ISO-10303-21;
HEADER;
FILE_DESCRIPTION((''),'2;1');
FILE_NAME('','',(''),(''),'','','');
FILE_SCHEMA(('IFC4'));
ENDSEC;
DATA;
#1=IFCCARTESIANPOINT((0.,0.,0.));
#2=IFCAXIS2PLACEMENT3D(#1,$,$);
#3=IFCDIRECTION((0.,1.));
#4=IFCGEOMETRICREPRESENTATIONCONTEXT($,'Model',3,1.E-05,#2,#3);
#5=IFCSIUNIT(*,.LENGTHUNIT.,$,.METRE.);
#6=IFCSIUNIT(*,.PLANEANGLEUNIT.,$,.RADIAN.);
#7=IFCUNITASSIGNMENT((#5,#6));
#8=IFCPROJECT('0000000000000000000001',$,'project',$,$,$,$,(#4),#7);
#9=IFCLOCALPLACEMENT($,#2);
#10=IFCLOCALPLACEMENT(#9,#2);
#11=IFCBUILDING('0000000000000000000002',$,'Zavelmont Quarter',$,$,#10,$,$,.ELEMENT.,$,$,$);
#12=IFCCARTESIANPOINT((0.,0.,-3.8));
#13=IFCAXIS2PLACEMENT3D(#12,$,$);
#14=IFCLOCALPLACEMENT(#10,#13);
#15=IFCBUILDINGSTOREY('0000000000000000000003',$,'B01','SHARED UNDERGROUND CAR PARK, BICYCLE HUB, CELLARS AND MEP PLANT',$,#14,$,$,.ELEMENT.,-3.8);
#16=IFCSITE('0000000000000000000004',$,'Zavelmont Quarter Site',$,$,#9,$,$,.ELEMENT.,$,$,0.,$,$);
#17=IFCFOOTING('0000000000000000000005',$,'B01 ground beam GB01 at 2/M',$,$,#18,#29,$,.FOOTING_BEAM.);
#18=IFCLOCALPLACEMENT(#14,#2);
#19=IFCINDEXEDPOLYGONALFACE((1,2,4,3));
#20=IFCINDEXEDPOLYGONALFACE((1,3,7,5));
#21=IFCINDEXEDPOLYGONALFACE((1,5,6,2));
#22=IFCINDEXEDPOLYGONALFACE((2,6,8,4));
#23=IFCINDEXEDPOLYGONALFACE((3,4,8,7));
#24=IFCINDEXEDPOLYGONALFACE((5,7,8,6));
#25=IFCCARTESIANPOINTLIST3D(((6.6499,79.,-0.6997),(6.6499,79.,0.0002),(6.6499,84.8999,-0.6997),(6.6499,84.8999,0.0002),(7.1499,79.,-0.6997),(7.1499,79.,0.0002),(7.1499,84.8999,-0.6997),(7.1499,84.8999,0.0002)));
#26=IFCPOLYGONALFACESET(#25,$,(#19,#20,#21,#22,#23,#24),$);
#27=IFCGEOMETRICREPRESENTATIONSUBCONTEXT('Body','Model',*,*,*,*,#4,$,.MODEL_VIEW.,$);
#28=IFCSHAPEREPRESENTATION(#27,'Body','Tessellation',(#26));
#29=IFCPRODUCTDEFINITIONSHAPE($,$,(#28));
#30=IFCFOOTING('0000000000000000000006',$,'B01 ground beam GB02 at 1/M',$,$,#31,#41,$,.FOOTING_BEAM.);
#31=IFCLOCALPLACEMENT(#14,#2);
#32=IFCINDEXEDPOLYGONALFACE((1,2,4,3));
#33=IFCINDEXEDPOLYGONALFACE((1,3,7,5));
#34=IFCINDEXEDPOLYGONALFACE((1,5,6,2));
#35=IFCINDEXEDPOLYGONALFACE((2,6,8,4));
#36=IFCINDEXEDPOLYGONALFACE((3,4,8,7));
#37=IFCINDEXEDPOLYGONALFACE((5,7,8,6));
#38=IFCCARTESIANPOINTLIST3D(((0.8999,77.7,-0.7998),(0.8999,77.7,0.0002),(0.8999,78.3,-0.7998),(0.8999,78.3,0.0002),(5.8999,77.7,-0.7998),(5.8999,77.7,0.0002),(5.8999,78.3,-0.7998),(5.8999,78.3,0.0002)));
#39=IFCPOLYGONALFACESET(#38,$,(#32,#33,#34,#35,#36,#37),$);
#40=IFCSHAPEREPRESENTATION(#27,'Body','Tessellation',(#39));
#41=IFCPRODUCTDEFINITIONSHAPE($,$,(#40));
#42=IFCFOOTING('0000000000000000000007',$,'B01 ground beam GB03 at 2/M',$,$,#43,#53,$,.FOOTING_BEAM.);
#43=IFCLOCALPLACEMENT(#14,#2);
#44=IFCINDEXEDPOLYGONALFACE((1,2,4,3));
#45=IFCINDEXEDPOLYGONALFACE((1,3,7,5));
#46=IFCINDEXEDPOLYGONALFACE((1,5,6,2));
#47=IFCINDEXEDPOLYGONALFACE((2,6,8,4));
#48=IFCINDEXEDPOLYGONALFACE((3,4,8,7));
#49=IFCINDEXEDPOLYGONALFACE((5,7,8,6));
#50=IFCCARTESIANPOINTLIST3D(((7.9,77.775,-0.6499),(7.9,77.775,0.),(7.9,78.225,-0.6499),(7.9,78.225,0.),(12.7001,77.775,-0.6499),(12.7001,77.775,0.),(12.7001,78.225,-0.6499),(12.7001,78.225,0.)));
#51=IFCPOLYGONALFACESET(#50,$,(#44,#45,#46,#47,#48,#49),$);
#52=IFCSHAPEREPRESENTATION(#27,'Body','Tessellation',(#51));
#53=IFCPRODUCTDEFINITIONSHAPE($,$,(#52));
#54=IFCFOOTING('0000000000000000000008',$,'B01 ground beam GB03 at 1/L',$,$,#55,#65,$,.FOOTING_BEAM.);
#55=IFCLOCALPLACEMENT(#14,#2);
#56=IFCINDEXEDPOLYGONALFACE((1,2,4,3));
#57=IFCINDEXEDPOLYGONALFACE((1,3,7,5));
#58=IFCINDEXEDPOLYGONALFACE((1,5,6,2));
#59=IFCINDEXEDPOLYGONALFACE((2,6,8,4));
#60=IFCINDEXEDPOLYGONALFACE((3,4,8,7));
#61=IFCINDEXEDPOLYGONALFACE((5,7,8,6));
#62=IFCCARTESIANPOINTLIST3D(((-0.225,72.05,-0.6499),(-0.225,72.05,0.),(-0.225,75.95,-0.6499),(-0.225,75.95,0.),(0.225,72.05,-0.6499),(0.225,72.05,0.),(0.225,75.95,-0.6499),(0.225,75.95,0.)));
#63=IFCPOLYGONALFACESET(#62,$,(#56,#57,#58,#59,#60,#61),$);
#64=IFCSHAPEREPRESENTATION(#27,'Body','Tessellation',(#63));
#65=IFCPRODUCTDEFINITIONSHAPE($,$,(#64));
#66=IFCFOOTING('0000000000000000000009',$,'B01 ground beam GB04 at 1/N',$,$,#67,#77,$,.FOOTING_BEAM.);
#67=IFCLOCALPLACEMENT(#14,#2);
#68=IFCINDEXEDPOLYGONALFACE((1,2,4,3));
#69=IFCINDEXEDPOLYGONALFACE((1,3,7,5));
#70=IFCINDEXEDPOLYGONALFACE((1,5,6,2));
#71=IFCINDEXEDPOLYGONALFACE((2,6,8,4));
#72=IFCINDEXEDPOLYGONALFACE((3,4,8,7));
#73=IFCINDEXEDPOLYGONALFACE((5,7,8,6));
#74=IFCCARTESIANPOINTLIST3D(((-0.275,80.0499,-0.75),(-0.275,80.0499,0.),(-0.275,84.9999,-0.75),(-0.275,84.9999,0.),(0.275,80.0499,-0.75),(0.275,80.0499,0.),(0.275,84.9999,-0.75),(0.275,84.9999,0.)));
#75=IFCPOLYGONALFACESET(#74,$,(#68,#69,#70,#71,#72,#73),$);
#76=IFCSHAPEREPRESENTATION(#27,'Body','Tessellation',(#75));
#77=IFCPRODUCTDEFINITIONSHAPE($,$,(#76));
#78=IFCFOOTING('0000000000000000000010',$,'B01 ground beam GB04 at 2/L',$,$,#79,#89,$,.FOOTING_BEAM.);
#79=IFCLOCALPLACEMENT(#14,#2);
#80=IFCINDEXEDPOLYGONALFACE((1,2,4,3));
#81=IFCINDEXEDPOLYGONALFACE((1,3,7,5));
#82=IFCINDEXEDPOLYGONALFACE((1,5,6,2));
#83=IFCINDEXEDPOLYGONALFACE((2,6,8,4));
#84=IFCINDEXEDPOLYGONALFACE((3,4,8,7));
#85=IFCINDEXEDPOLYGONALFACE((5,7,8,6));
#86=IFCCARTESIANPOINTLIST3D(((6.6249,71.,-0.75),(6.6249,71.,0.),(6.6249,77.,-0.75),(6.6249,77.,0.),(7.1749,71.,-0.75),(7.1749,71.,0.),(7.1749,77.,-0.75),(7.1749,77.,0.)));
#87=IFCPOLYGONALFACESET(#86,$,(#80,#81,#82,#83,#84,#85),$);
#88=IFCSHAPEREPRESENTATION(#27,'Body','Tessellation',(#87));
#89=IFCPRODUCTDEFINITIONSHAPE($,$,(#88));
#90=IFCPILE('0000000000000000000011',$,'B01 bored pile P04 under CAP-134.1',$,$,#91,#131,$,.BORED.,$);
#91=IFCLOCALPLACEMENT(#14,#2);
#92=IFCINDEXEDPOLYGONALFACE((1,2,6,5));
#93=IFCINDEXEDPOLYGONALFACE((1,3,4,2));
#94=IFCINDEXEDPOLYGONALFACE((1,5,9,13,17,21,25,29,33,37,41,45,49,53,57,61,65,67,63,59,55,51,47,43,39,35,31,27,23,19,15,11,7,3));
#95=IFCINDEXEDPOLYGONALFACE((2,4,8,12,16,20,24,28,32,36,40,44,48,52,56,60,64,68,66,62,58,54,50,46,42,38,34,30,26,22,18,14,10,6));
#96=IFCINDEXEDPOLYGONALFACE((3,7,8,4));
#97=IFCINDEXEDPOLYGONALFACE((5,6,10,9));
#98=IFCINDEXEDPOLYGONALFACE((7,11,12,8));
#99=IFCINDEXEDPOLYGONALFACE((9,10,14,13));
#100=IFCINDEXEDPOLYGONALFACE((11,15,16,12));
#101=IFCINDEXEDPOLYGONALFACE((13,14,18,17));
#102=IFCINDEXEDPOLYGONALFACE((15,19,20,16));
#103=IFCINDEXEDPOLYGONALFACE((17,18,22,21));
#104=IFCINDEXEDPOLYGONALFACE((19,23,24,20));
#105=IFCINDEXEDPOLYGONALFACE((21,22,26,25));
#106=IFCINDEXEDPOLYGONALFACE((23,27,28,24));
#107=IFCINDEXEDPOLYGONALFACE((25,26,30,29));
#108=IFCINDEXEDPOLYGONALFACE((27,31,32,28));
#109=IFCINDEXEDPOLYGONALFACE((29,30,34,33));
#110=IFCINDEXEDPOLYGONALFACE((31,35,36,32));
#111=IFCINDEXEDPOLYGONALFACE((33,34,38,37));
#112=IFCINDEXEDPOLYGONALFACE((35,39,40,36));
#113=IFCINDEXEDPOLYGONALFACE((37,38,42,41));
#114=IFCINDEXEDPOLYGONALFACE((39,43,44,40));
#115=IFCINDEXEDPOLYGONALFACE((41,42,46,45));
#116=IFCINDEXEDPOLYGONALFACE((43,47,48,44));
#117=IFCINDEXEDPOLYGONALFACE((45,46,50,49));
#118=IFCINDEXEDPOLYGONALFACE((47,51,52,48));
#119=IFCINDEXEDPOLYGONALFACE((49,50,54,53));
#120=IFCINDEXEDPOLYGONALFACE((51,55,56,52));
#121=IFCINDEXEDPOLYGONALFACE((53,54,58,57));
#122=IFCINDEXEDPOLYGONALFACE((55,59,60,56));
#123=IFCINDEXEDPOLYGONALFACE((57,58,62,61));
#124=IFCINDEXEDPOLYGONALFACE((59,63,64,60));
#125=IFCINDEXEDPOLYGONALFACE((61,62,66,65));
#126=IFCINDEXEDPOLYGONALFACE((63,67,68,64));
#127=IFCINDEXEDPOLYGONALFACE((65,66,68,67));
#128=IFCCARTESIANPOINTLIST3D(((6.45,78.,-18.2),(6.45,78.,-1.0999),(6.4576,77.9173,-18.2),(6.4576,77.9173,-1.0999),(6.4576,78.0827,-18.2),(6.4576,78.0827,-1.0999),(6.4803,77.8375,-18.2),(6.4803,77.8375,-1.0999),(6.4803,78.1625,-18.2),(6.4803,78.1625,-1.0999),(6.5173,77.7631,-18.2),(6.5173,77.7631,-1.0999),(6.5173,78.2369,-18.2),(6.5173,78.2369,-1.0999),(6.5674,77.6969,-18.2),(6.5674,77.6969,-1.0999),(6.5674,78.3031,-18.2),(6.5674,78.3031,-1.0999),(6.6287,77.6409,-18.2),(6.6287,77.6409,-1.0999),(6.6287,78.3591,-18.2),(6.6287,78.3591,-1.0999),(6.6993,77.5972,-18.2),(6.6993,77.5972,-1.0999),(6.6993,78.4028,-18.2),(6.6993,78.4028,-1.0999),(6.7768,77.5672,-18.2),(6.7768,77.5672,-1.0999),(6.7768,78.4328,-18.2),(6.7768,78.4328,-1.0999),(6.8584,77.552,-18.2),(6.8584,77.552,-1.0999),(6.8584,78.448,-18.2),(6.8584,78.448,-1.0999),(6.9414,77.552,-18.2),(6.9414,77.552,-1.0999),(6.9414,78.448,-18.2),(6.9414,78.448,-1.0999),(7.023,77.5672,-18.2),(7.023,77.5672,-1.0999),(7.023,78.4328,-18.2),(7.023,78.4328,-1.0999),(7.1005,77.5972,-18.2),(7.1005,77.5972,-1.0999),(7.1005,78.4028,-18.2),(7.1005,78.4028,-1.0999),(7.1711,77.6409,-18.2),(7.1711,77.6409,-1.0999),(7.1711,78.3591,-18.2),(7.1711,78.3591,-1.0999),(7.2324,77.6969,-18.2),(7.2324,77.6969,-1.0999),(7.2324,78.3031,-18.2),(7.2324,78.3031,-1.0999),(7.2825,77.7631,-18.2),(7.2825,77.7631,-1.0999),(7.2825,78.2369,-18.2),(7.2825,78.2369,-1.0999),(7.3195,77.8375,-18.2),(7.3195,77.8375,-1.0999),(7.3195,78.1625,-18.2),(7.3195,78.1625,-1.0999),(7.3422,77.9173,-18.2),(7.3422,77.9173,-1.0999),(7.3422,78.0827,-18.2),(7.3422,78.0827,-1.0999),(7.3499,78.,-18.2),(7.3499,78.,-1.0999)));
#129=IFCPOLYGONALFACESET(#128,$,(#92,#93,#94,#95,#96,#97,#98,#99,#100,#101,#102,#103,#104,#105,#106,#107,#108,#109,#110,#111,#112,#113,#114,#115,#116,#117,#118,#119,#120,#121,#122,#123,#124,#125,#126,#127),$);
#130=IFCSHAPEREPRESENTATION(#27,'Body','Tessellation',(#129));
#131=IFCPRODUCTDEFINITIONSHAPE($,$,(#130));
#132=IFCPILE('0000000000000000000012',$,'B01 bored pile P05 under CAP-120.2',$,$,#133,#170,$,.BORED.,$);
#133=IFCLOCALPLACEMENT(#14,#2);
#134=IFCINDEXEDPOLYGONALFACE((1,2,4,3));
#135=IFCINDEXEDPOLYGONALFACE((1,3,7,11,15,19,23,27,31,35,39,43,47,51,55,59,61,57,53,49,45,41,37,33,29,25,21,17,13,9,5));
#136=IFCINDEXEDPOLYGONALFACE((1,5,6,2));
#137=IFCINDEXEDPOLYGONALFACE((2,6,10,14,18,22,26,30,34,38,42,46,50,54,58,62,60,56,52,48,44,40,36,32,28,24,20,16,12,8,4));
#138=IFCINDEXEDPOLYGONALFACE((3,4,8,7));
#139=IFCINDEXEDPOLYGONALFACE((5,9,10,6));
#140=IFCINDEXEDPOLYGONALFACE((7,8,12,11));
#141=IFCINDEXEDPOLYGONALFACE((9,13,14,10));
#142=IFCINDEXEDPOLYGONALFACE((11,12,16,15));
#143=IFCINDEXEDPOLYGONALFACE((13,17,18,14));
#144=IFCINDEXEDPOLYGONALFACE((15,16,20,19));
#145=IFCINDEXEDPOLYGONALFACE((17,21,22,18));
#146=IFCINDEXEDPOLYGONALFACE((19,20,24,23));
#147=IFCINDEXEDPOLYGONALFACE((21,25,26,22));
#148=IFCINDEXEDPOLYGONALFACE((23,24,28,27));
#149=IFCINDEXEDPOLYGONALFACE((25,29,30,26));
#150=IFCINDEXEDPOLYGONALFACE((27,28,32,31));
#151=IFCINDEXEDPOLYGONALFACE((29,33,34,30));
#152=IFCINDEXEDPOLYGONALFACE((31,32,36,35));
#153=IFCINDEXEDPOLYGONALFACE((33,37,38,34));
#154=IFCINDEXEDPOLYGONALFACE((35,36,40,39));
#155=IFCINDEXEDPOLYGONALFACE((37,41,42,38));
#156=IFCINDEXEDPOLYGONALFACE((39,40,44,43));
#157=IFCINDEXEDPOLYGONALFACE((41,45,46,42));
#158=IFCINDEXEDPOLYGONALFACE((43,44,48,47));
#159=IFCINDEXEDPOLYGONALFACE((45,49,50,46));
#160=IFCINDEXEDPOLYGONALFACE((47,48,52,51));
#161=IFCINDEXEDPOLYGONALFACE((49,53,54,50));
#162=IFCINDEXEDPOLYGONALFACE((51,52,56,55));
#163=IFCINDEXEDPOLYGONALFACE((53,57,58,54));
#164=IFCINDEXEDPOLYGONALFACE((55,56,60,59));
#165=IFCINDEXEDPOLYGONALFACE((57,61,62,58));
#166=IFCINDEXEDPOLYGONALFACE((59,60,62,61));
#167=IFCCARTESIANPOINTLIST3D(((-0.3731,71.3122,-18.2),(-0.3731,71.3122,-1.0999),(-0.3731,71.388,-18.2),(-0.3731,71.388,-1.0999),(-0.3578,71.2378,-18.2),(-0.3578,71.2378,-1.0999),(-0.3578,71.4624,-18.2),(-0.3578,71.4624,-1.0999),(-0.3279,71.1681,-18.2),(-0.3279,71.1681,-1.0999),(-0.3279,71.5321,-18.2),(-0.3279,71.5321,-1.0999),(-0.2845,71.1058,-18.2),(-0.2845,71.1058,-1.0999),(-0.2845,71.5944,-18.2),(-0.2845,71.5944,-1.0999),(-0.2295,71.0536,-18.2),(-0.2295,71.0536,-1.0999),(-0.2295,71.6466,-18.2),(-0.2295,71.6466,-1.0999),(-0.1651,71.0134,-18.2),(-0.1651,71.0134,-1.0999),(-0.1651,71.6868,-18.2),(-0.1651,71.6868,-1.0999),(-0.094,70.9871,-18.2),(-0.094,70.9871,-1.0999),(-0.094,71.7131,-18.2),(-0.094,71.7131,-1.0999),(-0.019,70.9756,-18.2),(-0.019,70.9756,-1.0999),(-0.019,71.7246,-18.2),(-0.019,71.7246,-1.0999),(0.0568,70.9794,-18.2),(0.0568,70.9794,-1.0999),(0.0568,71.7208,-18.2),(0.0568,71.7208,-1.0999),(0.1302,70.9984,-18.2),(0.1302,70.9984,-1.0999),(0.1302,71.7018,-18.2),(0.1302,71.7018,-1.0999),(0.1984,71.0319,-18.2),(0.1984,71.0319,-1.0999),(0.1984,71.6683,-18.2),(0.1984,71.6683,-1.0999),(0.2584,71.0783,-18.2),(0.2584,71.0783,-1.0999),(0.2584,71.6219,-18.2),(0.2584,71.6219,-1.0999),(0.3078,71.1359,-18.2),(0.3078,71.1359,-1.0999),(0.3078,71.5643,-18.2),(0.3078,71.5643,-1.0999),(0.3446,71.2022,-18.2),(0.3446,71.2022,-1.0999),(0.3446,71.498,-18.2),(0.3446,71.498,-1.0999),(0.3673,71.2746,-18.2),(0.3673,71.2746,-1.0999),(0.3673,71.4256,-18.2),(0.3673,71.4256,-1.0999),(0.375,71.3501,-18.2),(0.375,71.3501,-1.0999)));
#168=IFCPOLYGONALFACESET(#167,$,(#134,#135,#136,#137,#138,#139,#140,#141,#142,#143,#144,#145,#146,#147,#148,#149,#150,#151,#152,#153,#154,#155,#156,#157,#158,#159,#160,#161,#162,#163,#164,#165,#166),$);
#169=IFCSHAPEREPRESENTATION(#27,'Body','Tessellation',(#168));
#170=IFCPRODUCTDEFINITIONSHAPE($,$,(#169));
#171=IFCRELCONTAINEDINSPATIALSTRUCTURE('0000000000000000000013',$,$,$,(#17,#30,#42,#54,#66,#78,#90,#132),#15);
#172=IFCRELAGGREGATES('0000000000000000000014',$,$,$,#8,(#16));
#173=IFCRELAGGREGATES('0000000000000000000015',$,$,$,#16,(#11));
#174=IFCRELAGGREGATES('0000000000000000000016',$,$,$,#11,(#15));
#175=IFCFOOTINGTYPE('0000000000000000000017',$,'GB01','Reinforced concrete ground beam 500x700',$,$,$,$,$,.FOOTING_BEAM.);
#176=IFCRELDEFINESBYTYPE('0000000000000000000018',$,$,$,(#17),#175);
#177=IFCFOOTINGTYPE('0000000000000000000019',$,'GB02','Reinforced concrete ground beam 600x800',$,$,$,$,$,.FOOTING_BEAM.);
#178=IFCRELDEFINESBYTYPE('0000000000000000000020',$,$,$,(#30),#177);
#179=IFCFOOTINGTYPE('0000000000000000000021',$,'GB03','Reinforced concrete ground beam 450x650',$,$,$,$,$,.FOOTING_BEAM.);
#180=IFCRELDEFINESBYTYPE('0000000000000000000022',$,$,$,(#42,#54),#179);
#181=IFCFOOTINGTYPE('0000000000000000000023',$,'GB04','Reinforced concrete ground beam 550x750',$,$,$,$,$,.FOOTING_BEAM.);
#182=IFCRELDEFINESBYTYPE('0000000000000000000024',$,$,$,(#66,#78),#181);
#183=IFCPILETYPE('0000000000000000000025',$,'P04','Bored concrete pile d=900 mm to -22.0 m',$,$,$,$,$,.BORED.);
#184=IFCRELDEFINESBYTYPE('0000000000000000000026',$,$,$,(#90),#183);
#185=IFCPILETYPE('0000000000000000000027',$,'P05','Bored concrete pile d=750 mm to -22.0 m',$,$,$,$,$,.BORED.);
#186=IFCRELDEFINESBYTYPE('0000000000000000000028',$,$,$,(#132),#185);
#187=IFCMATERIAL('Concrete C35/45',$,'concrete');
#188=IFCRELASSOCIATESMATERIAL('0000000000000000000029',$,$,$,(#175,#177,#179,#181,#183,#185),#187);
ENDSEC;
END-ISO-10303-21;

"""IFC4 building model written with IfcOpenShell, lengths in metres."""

from ifc_helpers import new_model, si_unit, direction, frame, origin, origin_2d, place, context, subcontext, project, spatial, rectangle, circle, extrude, material, material_profile, profile_set, type_object, element, save


model = new_model("IFC4")

# Units and contexts
model_context = context("Model", 3, precision=1e-05, world=origin(), true_north=direction((0.0, 1.0)))
body_context = subcontext(model_context, "Body", "Model", "MODEL_VIEW")
ifc_project = project(units=[si_unit("LENGTHUNIT", "METRE"), si_unit("PLANEANGLEUNIT", "RADIAN")], contexts=[model_context])

# Site, building, storey
site_placement = place(None, origin())
site = spatial("IfcSite", under=ifc_project, at=site_placement, Name="Zavelmont Quarter Site", CompositionType="ELEMENT", RefElevation=0.0)
building_placement = place(site_placement, origin())
building = spatial("IfcBuilding", under=site, at=building_placement, Name="Zavelmont Quarter", CompositionType="ELEMENT")
storey_placement = place(building_placement, frame((0.0, 0.0, -3.8)))
storey = spatial("IfcBuildingStorey", under=building, at=storey_placement, Name="B01", Description="SHARED UNDERGROUND CAR PARK, BICYCLE HUB, CELLARS AND MEP PLANT", CompositionType="ELEMENT", Elevation=-3.8)

# Footings
ifc_material_1 = material(Name="Concrete C35/45", Category="concrete")
footing_type_1 = type_object("IfcFootingType", Name="GB01", Description="Reinforced concrete ground beam 500x700", PredefinedType="FOOTING_BEAM", material=ifc_material_1)
footing_1_placement = place(storey_placement, frame((6.8999, 81.95, -0.6997), z_axis=(0.0, 0.0, 1.0), x_axis=(0.0, 1.0, 0.0)))
element("IfcFooting", 1, at=footing_1_placement, inside=storey, type_object=footing_type_1, Name="B01 ground beam GB01 at 2/M", PredefinedType="FOOTING_BEAM", context=body_context, shape_type="SweptSolid", body=[
    extrude(rectangle(XDim=5.8999, YDim=0.5, at=origin_2d()), origin(), (0.0, 0.0, 1.0), 0.7),
])
footing_type_2 = type_object("IfcFootingType", Name="GB02", Description="Reinforced concrete ground beam 600x800", PredefinedType="FOOTING_BEAM", material=ifc_material_1)
footing_2_placement = place(storey_placement, frame((3.3999, 78.0, -0.7998), z_axis=(0.0, 0.0, 1.0), x_axis=(1.0, 0.0, 0.0)))
element("IfcFooting", 2, at=footing_2_placement, inside=storey, type_object=footing_type_2, Name="B01 ground beam GB02 at 1/M", PredefinedType="FOOTING_BEAM", context=body_context, shape_type="SweptSolid", body=[
    extrude(rectangle(XDim=5.0, YDim=0.6001, at=origin_2d()), origin(), (0.0, 0.0, 1.0), 0.8),
])
footing_type_3 = type_object("IfcFootingType", Name="GB03", Description="Reinforced concrete ground beam 450x650", PredefinedType="FOOTING_BEAM", material=ifc_material_1)
footing_3_placement = place(storey_placement, frame((10.3, 78.0, -0.6499), z_axis=(0.0, 0.0, 1.0), x_axis=(1.0, 0.0, 0.0)))
element("IfcFooting", 3, at=footing_3_placement, inside=storey, type_object=footing_type_3, Name="B01 ground beam GB03 at 2/M", PredefinedType="FOOTING_BEAM", context=body_context, shape_type="SweptSolid", body=[
    extrude(rectangle(XDim=4.8, YDim=0.45, at=origin_2d()), origin(), (0.0, 0.0, 1.0), 0.6499),
])
footing_4_placement = place(storey_placement, frame((0.0, 74.0, -0.6499), z_axis=(0.0, 0.0, 1.0), x_axis=(0.0, 1.0, 0.0)))
element("IfcFooting", 4, at=footing_4_placement, inside=storey, type_object=footing_type_3, Name="B01 ground beam GB03 at 1/L", PredefinedType="FOOTING_BEAM", context=body_context, shape_type="SweptSolid", body=[
    extrude(rectangle(XDim=3.8999, YDim=0.45, at=origin_2d()), origin(), (0.0, 0.0, 1.0), 0.6499),
])
footing_type_4 = type_object("IfcFootingType", Name="GB04", Description="Reinforced concrete ground beam 550x750", PredefinedType="FOOTING_BEAM", material=ifc_material_1)
footing_5_placement = place(storey_placement, frame((0.0, 82.5249, -0.75), z_axis=(0.0, 0.0, 1.0), x_axis=(0.0, 1.0, 0.0)))
element("IfcFooting", 5, at=footing_5_placement, inside=storey, type_object=footing_type_4, Name="B01 ground beam GB04 at 1/N", PredefinedType="FOOTING_BEAM", context=body_context, shape_type="SweptSolid", body=[
    extrude(rectangle(XDim=4.95, YDim=0.55, at=origin_2d()), origin(), (0.0, 0.0, 1.0), 0.75),
])
footing_6_placement = place(storey_placement, frame((6.8999, 74.0, -0.75), z_axis=(0.0, 0.0, 1.0), x_axis=(0.0, 1.0, 0.0)))
element("IfcFooting", 6, at=footing_6_placement, inside=storey, type_object=footing_type_4, Name="B01 ground beam GB04 at 2/L", PredefinedType="FOOTING_BEAM", context=body_context, shape_type="SweptSolid", body=[
    extrude(rectangle(XDim=6.0, YDim=0.55, at=origin_2d()), origin(), (0.0, 0.0, 1.0), 0.75),
])

# Piles
ifc_material_profile_1 = material_profile(ifc_material_1, circle(Radius=0.45, at=origin_2d()), Name="BP900")
ifc_profile_set_1 = profile_set([ifc_material_profile_1], Name="Concrete C35/45")
pile_type_1 = type_object("IfcPileType", Name="P04", Description="Bored concrete pile d=900 mm to -22.0 m", PredefinedType="BORED", material=ifc_profile_set_1)
pile_placement = place(storey_placement, frame((6.8999, 78.0, -1.0999), z_axis=(0.0, 0.0, -1.0), x_axis=(1.0, 0.0, 0.0)))
element("IfcPile", 7, at=pile_placement, inside=storey, type_object=pile_type_1, Name="B01 bored pile P04 under CAP-134.1", PredefinedType="BORED", context=body_context, shape_type="SweptSolid", body=[
    extrude(circle(Radius=0.45, at=origin_2d()), origin(), (0.0, 0.0, 1.0), 17.1001),
])
ifc_material_profile_2 = material_profile(ifc_material_1, circle(Radius=0.375, at=origin_2d()), Name="BP750")
ifc_profile_set_2 = profile_set([ifc_material_profile_2], Name="Concrete C35/45")
pile_type_2 = type_object("IfcPileType", Name="P05", Description="Bored concrete pile d=750 mm to -22.0 m", PredefinedType="BORED", material=ifc_profile_set_2)
for number, where, z_axis, x_axis, name in (
    (8, (0.0, 71.3501, -1.0999), (0.0, 0.0, -1.0), (1.0, 0.0, 0.0), "B01 bored pile P05 under CAP-120.2"),
):
    element("IfcPile", number, at=place(storey_placement, frame(where, z_axis=z_axis, x_axis=x_axis)), inside=storey, type_object=pile_type_2, Name=name, PredefinedType="BORED", context=body_context, shape_type="SweptSolid", body=[
        extrude(circle(Radius=0.375, at=origin_2d()), origin(), (0.0, 0.0, 1.0), 17.1001),
    ])

save(model, "model.ifc")
